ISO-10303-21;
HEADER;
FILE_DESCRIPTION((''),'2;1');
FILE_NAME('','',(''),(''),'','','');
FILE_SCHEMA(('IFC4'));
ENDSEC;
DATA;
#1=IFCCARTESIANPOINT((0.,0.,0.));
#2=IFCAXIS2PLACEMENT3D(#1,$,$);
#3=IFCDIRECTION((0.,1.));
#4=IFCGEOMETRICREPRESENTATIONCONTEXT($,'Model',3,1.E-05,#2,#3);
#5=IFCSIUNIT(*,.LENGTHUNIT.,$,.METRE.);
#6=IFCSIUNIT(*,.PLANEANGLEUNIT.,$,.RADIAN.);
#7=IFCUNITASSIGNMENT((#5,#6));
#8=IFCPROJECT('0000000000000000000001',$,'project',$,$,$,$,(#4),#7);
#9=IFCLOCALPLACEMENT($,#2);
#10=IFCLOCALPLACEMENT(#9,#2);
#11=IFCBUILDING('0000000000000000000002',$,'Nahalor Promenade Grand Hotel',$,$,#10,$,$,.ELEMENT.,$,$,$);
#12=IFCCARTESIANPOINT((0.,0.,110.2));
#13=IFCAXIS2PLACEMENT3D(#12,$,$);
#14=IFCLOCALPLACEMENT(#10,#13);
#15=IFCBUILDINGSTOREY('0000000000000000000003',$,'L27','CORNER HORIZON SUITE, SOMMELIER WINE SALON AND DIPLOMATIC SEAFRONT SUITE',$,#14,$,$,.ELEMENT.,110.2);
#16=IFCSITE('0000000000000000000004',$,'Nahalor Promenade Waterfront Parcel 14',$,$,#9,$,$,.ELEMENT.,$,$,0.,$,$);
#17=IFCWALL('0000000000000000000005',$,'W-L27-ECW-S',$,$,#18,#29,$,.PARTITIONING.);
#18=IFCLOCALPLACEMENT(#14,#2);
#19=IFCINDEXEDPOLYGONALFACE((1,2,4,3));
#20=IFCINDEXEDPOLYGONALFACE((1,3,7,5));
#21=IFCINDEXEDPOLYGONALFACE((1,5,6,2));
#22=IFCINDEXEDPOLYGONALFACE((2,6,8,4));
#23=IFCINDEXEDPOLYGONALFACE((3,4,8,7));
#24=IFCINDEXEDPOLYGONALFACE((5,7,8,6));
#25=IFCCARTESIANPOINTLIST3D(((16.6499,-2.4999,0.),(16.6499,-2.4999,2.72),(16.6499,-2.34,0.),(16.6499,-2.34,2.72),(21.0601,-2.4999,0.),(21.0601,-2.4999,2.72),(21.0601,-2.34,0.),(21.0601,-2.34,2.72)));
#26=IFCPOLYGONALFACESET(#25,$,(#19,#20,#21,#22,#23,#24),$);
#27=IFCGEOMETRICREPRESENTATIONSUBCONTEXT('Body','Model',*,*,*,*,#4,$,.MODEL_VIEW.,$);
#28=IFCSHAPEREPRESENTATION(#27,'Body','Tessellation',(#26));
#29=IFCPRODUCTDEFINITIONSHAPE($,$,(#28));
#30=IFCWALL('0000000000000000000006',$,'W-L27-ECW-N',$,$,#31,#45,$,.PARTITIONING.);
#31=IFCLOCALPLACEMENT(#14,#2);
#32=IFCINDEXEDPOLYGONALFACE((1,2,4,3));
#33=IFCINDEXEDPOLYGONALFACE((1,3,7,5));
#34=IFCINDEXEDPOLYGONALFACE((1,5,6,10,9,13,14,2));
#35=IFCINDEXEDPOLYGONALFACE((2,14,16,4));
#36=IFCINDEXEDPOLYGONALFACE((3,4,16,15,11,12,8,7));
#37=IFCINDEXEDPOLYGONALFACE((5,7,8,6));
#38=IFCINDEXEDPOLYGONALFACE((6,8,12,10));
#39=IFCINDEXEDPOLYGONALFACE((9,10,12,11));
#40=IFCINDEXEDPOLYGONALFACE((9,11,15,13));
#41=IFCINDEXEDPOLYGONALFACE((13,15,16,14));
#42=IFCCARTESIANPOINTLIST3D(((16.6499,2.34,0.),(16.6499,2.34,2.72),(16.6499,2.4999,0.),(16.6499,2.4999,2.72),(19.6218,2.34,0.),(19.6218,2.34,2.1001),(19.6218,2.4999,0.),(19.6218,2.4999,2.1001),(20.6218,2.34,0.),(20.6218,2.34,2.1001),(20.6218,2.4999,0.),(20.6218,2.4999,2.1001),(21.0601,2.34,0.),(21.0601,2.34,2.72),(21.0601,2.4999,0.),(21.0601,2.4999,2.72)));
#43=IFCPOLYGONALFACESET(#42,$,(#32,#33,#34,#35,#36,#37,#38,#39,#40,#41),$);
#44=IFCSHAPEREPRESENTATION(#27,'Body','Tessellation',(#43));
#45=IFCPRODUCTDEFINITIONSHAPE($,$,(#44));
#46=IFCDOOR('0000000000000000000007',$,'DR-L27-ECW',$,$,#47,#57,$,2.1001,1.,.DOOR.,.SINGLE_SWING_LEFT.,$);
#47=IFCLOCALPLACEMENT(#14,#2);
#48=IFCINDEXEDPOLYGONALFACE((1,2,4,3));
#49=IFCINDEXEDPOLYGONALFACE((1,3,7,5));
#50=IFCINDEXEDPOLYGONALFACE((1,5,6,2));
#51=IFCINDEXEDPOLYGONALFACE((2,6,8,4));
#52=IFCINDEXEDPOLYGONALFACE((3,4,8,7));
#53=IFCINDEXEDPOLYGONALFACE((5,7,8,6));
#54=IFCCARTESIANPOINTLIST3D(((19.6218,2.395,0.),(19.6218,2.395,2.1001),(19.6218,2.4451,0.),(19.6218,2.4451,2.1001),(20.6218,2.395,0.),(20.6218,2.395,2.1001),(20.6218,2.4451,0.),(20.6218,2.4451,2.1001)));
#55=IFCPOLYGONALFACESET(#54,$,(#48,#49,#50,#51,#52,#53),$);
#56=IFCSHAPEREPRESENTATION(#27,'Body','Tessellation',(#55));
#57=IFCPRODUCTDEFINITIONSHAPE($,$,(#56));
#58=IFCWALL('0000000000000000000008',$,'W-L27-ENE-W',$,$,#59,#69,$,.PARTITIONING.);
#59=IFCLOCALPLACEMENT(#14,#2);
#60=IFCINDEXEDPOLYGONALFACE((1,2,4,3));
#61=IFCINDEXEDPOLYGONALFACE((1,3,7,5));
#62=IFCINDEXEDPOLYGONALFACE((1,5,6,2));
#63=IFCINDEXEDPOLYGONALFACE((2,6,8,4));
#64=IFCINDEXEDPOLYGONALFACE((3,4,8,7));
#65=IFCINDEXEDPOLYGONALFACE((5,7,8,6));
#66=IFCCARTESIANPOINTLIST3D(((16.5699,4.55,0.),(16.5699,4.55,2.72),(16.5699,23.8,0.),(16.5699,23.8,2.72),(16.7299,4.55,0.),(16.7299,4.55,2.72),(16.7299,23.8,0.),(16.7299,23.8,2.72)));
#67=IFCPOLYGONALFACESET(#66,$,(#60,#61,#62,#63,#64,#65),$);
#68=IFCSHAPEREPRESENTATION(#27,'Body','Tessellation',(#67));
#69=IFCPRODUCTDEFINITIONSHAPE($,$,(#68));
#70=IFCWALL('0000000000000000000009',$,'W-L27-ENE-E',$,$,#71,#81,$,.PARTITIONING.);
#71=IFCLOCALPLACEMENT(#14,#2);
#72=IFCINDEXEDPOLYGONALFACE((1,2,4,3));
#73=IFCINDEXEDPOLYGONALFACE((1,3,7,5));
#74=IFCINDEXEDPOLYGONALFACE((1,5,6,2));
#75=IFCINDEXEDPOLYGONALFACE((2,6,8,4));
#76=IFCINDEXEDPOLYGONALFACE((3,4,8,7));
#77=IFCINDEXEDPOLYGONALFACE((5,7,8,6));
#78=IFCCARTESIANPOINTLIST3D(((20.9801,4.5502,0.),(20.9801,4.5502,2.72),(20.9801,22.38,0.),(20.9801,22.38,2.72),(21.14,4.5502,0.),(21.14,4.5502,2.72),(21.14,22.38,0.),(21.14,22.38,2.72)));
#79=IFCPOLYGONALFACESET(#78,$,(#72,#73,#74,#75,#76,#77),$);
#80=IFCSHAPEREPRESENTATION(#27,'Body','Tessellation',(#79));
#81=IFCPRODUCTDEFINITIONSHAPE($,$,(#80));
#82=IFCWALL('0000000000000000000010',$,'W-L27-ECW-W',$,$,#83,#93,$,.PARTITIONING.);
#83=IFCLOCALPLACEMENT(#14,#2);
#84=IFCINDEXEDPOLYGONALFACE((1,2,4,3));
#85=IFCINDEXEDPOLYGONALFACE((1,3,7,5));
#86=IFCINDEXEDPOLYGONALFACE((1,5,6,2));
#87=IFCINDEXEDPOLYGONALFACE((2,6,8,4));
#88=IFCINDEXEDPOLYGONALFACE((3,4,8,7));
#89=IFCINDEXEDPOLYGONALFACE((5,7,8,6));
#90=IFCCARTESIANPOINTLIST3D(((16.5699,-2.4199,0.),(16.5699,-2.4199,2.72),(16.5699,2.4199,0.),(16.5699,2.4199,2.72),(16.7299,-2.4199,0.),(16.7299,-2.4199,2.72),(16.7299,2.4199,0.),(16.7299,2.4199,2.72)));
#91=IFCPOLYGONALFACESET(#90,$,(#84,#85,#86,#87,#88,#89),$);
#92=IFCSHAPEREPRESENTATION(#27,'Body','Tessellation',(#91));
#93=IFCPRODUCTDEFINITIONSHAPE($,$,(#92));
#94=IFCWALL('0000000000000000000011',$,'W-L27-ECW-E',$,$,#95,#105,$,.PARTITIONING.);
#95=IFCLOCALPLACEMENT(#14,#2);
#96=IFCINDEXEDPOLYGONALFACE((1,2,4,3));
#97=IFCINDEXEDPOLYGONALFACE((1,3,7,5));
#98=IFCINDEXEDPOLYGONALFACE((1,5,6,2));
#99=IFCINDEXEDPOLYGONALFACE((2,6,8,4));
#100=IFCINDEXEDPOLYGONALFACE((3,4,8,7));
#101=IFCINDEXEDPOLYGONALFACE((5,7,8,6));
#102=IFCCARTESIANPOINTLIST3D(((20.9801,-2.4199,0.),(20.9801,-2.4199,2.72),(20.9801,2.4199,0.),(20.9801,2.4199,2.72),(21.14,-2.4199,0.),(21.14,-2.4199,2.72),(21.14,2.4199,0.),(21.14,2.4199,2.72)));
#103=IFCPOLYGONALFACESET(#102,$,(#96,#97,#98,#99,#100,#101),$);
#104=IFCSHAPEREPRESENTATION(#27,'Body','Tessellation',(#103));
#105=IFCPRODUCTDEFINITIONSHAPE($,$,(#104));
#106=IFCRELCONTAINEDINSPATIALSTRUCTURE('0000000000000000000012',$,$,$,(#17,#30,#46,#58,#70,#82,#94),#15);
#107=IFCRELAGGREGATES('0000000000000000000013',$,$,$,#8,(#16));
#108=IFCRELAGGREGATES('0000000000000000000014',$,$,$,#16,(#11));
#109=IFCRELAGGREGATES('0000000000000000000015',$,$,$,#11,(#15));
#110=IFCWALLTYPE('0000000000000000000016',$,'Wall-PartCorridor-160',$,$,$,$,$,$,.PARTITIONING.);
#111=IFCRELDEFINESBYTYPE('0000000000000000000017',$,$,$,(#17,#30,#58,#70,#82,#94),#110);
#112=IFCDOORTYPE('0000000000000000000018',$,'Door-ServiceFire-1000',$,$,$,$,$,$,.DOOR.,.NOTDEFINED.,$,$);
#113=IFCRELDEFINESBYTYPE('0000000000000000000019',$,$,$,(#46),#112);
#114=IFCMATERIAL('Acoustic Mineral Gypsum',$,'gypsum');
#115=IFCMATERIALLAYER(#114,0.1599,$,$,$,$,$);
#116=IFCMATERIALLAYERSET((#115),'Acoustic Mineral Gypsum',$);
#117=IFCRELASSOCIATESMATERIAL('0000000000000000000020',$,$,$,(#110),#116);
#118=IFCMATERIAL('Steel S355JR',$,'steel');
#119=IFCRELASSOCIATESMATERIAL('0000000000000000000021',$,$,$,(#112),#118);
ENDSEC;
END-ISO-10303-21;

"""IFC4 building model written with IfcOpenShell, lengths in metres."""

from ifc_helpers import new_model, si_unit, direction, frame, frame_2d, origin, place, context, subcontext, project, spatial, rectangle, extrude, source, transform, mapped, material, layer, layer_set, type_object, element, fill, save


model = new_model("IFC4")

# Units and contexts
model_context = context("Model", 3, precision=1e-05, world=origin(), true_north=direction((0.0, 1.0)))
body_context = subcontext(model_context, "Body", "Model", "MODEL_VIEW")
ifc_project = project(units=[si_unit("LENGTHUNIT", "METRE"), si_unit("PLANEANGLEUNIT", "RADIAN")], contexts=[model_context])

# Site, building, storey
site_placement = place(None, origin())
site = spatial("IfcSite", under=ifc_project, at=site_placement, Name="Nahalor Promenade Waterfront Parcel 14", CompositionType="ELEMENT", RefElevation=0.0)
building_placement = place(site_placement, origin())
building = spatial("IfcBuilding", under=site, at=building_placement, Name="Nahalor Promenade Grand Hotel", CompositionType="ELEMENT")
storey_placement = place(building_placement, frame((0.0, 0.0, 110.2)))
storey = spatial("IfcBuildingStorey", under=building, at=storey_placement, Name="L27", Description="CORNER HORIZON SUITE, SOMMELIER WINE SALON AND DIPLOMATIC SEAFRONT SUITE", CompositionType="ELEMENT", Elevation=110.2)

# Shared definitions
ifc_material_1 = material(Name="Steel S355JR", Category="steel")

# Shared definitions
ifc_material_2 = material(Name="Acoustic Mineral Gypsum", Category="gypsum")
ifc_layer_1 = layer(ifc_material_2, 0.1599)
ifc_layer_set_1 = layer_set([ifc_layer_1], Name="Acoustic Mineral Gypsum")
wall_type_1 = type_object("IfcWallType", Name="Wall-PartCorridor-160", PredefinedType="PARTITIONING", material=ifc_layer_set_1)
shared_shape_1 = source(origin(), body_context, "Body", "SweptSolid", [
    extrude(rectangle(XDim=4.4102, YDim=0.1599, at=frame_2d((2.2051, 0.0))), origin(), (0.0, 0.0, 1.0), 2.72),
])

# Wall
wall_1_placement = place(storey_placement, frame((16.6499, -2.4199, 0.0), z_axis=(0.0, 0.0, 1.0), x_axis=(1.0, 0.0, 0.0)))
element("IfcWall", 1, at=wall_1_placement, inside=storey, type_object=wall_type_1, Name="W-L27-ECW-S", PredefinedType="PARTITIONING", context=body_context, shape_type="MappedRepresentation", body=[
    mapped(shared_shape_1, transform((0.0, 0.0, 0.0), scale=1.0)),
])

# Wall, opening, door
wall_2_placement = place(storey_placement, frame((16.6499, 2.4199, 0.0), z_axis=(0.0, 0.0, 1.0), x_axis=(1.0, 0.0, 0.0)))
wall_2 = element("IfcWall", 2, at=wall_2_placement, inside=storey, type_object=wall_type_1, Name="W-L27-ECW-N", PredefinedType="PARTITIONING", context=body_context, shape_type="MappedRepresentation", body=[
    mapped(shared_shape_1, transform((0.0, 0.0, 0.0), scale=1.0)),
])
opening_1_placement = place(wall_2_placement, frame((2.9719, 0.0, 0.0)))
opening_1 = element("IfcOpeningElement", 3, at=opening_1_placement, cuts=wall_2, PredefinedType="OPENING", context=body_context, shape_type="SweptSolid", body=[
    extrude(rectangle(XDim=1.0, YDim=2.1001, at=frame_2d((0.5, 1.05))), frame((0.0, 0.0898, 0.0), z_axis=(0.0, -1.0, 0.0), x_axis=(1.0, 0.0, 0.0)), (0.0, 0.0, 1.0), 0.1799),
])
door_type_1 = type_object("IfcDoorType", Name="Door-ServiceFire-1000", OperationType="NOTDEFINED", PredefinedType="DOOR", material=ifc_material_1)
shared_shape_2 = source(origin(), body_context, "Body", "SweptSolid", [
    extrude(rectangle(XDim=1.0, YDim=2.1001, at=frame_2d((0.5, 1.05))), frame((0.0, 0.0249, 0.0), z_axis=(0.0, -1.0, 0.0), x_axis=(1.0, 0.0, 0.0)), (0.0, 0.0, 1.0), 0.05),
])
door_1_placement = place(opening_1_placement, frame((1.0, 0.0, 0.0), z_axis=(0.0, 0.0, 1.0), x_axis=(-1.0, 0.0, 0.0)))
door_1 = element("IfcDoor", 4, at=door_1_placement, inside=storey, type_object=door_type_1, Name="DR-L27-ECW", OperationType="SINGLE_SWING_LEFT", OverallHeight=2.1001, OverallWidth=1.0, PredefinedType="DOOR", context=body_context, shape_type="MappedRepresentation", body=[
    mapped(shared_shape_2, transform((0.0, 0.0, 0.0), scale=1.0)),
])
fill(opening_1, door_1)

# Walls
shared_shape_3 = source(origin(), body_context, "Body", "SweptSolid", [
    extrude(rectangle(XDim=19.25, YDim=0.1599, at=frame_2d((9.625, 0.0))), origin(), (0.0, 0.0, 1.0), 2.72),
])
wall_3_placement = place(storey_placement, frame((16.6499, 4.55, 0.0), z_axis=(0.0, 0.0, 1.0), x_axis=(0.0, 1.0, 0.0)))
element("IfcWall", 5, at=wall_3_placement, inside=storey, type_object=wall_type_1, Name="W-L27-ENE-W", PredefinedType="PARTITIONING", context=body_context, shape_type="MappedRepresentation", body=[
    mapped(shared_shape_3, transform((0.0, 0.0, 0.0), scale=1.0)),
])
shared_shape_4 = source(origin(), body_context, "Body", "SweptSolid", [
    extrude(rectangle(XDim=17.8298, YDim=0.1599, at=frame_2d((8.915, 0.0))), origin(), (0.0, 0.0, 1.0), 2.72),
])
wall_4_placement = place(storey_placement, frame((21.0601, 4.55, 0.0), z_axis=(0.0, 0.0, 1.0), x_axis=(0.0, 1.0, 0.0)))
element("IfcWall", 6, at=wall_4_placement, inside=storey, type_object=wall_type_1, Name="W-L27-ENE-E", PredefinedType="PARTITIONING", context=body_context, shape_type="MappedRepresentation", body=[
    mapped(shared_shape_4, transform((0.0, 0.0, 0.0), scale=1.0)),
])
shared_shape_5 = source(origin(), body_context, "Body", "SweptSolid", [
    extrude(rectangle(XDim=4.8398, YDim=0.1599, at=frame_2d((2.4199, 0.0))), origin(), (0.0, 0.0, 1.0), 2.72),
])
for number, where, z_axis, x_axis, name in (
    (7, (16.6499, -2.4199, 0.0), (0.0, 0.0, 1.0), (0.0, 1.0, 0.0), "W-L27-ECW-W"),
    (8, (21.0601, -2.4199, 0.0), (0.0, 0.0, 1.0), (0.0, 1.0, 0.0), "W-L27-ECW-E"),
):
    element("IfcWall", number, at=place(storey_placement, frame(where, z_axis=z_axis, x_axis=x_axis)), inside=storey, type_object=wall_type_1, Name=name, PredefinedType="PARTITIONING", context=body_context, shape_type="MappedRepresentation", body=[
        mapped(shared_shape_5, transform((0.0, 0.0, 0.0), scale=1.0)),
    ])

save(model, "model.ifc")
